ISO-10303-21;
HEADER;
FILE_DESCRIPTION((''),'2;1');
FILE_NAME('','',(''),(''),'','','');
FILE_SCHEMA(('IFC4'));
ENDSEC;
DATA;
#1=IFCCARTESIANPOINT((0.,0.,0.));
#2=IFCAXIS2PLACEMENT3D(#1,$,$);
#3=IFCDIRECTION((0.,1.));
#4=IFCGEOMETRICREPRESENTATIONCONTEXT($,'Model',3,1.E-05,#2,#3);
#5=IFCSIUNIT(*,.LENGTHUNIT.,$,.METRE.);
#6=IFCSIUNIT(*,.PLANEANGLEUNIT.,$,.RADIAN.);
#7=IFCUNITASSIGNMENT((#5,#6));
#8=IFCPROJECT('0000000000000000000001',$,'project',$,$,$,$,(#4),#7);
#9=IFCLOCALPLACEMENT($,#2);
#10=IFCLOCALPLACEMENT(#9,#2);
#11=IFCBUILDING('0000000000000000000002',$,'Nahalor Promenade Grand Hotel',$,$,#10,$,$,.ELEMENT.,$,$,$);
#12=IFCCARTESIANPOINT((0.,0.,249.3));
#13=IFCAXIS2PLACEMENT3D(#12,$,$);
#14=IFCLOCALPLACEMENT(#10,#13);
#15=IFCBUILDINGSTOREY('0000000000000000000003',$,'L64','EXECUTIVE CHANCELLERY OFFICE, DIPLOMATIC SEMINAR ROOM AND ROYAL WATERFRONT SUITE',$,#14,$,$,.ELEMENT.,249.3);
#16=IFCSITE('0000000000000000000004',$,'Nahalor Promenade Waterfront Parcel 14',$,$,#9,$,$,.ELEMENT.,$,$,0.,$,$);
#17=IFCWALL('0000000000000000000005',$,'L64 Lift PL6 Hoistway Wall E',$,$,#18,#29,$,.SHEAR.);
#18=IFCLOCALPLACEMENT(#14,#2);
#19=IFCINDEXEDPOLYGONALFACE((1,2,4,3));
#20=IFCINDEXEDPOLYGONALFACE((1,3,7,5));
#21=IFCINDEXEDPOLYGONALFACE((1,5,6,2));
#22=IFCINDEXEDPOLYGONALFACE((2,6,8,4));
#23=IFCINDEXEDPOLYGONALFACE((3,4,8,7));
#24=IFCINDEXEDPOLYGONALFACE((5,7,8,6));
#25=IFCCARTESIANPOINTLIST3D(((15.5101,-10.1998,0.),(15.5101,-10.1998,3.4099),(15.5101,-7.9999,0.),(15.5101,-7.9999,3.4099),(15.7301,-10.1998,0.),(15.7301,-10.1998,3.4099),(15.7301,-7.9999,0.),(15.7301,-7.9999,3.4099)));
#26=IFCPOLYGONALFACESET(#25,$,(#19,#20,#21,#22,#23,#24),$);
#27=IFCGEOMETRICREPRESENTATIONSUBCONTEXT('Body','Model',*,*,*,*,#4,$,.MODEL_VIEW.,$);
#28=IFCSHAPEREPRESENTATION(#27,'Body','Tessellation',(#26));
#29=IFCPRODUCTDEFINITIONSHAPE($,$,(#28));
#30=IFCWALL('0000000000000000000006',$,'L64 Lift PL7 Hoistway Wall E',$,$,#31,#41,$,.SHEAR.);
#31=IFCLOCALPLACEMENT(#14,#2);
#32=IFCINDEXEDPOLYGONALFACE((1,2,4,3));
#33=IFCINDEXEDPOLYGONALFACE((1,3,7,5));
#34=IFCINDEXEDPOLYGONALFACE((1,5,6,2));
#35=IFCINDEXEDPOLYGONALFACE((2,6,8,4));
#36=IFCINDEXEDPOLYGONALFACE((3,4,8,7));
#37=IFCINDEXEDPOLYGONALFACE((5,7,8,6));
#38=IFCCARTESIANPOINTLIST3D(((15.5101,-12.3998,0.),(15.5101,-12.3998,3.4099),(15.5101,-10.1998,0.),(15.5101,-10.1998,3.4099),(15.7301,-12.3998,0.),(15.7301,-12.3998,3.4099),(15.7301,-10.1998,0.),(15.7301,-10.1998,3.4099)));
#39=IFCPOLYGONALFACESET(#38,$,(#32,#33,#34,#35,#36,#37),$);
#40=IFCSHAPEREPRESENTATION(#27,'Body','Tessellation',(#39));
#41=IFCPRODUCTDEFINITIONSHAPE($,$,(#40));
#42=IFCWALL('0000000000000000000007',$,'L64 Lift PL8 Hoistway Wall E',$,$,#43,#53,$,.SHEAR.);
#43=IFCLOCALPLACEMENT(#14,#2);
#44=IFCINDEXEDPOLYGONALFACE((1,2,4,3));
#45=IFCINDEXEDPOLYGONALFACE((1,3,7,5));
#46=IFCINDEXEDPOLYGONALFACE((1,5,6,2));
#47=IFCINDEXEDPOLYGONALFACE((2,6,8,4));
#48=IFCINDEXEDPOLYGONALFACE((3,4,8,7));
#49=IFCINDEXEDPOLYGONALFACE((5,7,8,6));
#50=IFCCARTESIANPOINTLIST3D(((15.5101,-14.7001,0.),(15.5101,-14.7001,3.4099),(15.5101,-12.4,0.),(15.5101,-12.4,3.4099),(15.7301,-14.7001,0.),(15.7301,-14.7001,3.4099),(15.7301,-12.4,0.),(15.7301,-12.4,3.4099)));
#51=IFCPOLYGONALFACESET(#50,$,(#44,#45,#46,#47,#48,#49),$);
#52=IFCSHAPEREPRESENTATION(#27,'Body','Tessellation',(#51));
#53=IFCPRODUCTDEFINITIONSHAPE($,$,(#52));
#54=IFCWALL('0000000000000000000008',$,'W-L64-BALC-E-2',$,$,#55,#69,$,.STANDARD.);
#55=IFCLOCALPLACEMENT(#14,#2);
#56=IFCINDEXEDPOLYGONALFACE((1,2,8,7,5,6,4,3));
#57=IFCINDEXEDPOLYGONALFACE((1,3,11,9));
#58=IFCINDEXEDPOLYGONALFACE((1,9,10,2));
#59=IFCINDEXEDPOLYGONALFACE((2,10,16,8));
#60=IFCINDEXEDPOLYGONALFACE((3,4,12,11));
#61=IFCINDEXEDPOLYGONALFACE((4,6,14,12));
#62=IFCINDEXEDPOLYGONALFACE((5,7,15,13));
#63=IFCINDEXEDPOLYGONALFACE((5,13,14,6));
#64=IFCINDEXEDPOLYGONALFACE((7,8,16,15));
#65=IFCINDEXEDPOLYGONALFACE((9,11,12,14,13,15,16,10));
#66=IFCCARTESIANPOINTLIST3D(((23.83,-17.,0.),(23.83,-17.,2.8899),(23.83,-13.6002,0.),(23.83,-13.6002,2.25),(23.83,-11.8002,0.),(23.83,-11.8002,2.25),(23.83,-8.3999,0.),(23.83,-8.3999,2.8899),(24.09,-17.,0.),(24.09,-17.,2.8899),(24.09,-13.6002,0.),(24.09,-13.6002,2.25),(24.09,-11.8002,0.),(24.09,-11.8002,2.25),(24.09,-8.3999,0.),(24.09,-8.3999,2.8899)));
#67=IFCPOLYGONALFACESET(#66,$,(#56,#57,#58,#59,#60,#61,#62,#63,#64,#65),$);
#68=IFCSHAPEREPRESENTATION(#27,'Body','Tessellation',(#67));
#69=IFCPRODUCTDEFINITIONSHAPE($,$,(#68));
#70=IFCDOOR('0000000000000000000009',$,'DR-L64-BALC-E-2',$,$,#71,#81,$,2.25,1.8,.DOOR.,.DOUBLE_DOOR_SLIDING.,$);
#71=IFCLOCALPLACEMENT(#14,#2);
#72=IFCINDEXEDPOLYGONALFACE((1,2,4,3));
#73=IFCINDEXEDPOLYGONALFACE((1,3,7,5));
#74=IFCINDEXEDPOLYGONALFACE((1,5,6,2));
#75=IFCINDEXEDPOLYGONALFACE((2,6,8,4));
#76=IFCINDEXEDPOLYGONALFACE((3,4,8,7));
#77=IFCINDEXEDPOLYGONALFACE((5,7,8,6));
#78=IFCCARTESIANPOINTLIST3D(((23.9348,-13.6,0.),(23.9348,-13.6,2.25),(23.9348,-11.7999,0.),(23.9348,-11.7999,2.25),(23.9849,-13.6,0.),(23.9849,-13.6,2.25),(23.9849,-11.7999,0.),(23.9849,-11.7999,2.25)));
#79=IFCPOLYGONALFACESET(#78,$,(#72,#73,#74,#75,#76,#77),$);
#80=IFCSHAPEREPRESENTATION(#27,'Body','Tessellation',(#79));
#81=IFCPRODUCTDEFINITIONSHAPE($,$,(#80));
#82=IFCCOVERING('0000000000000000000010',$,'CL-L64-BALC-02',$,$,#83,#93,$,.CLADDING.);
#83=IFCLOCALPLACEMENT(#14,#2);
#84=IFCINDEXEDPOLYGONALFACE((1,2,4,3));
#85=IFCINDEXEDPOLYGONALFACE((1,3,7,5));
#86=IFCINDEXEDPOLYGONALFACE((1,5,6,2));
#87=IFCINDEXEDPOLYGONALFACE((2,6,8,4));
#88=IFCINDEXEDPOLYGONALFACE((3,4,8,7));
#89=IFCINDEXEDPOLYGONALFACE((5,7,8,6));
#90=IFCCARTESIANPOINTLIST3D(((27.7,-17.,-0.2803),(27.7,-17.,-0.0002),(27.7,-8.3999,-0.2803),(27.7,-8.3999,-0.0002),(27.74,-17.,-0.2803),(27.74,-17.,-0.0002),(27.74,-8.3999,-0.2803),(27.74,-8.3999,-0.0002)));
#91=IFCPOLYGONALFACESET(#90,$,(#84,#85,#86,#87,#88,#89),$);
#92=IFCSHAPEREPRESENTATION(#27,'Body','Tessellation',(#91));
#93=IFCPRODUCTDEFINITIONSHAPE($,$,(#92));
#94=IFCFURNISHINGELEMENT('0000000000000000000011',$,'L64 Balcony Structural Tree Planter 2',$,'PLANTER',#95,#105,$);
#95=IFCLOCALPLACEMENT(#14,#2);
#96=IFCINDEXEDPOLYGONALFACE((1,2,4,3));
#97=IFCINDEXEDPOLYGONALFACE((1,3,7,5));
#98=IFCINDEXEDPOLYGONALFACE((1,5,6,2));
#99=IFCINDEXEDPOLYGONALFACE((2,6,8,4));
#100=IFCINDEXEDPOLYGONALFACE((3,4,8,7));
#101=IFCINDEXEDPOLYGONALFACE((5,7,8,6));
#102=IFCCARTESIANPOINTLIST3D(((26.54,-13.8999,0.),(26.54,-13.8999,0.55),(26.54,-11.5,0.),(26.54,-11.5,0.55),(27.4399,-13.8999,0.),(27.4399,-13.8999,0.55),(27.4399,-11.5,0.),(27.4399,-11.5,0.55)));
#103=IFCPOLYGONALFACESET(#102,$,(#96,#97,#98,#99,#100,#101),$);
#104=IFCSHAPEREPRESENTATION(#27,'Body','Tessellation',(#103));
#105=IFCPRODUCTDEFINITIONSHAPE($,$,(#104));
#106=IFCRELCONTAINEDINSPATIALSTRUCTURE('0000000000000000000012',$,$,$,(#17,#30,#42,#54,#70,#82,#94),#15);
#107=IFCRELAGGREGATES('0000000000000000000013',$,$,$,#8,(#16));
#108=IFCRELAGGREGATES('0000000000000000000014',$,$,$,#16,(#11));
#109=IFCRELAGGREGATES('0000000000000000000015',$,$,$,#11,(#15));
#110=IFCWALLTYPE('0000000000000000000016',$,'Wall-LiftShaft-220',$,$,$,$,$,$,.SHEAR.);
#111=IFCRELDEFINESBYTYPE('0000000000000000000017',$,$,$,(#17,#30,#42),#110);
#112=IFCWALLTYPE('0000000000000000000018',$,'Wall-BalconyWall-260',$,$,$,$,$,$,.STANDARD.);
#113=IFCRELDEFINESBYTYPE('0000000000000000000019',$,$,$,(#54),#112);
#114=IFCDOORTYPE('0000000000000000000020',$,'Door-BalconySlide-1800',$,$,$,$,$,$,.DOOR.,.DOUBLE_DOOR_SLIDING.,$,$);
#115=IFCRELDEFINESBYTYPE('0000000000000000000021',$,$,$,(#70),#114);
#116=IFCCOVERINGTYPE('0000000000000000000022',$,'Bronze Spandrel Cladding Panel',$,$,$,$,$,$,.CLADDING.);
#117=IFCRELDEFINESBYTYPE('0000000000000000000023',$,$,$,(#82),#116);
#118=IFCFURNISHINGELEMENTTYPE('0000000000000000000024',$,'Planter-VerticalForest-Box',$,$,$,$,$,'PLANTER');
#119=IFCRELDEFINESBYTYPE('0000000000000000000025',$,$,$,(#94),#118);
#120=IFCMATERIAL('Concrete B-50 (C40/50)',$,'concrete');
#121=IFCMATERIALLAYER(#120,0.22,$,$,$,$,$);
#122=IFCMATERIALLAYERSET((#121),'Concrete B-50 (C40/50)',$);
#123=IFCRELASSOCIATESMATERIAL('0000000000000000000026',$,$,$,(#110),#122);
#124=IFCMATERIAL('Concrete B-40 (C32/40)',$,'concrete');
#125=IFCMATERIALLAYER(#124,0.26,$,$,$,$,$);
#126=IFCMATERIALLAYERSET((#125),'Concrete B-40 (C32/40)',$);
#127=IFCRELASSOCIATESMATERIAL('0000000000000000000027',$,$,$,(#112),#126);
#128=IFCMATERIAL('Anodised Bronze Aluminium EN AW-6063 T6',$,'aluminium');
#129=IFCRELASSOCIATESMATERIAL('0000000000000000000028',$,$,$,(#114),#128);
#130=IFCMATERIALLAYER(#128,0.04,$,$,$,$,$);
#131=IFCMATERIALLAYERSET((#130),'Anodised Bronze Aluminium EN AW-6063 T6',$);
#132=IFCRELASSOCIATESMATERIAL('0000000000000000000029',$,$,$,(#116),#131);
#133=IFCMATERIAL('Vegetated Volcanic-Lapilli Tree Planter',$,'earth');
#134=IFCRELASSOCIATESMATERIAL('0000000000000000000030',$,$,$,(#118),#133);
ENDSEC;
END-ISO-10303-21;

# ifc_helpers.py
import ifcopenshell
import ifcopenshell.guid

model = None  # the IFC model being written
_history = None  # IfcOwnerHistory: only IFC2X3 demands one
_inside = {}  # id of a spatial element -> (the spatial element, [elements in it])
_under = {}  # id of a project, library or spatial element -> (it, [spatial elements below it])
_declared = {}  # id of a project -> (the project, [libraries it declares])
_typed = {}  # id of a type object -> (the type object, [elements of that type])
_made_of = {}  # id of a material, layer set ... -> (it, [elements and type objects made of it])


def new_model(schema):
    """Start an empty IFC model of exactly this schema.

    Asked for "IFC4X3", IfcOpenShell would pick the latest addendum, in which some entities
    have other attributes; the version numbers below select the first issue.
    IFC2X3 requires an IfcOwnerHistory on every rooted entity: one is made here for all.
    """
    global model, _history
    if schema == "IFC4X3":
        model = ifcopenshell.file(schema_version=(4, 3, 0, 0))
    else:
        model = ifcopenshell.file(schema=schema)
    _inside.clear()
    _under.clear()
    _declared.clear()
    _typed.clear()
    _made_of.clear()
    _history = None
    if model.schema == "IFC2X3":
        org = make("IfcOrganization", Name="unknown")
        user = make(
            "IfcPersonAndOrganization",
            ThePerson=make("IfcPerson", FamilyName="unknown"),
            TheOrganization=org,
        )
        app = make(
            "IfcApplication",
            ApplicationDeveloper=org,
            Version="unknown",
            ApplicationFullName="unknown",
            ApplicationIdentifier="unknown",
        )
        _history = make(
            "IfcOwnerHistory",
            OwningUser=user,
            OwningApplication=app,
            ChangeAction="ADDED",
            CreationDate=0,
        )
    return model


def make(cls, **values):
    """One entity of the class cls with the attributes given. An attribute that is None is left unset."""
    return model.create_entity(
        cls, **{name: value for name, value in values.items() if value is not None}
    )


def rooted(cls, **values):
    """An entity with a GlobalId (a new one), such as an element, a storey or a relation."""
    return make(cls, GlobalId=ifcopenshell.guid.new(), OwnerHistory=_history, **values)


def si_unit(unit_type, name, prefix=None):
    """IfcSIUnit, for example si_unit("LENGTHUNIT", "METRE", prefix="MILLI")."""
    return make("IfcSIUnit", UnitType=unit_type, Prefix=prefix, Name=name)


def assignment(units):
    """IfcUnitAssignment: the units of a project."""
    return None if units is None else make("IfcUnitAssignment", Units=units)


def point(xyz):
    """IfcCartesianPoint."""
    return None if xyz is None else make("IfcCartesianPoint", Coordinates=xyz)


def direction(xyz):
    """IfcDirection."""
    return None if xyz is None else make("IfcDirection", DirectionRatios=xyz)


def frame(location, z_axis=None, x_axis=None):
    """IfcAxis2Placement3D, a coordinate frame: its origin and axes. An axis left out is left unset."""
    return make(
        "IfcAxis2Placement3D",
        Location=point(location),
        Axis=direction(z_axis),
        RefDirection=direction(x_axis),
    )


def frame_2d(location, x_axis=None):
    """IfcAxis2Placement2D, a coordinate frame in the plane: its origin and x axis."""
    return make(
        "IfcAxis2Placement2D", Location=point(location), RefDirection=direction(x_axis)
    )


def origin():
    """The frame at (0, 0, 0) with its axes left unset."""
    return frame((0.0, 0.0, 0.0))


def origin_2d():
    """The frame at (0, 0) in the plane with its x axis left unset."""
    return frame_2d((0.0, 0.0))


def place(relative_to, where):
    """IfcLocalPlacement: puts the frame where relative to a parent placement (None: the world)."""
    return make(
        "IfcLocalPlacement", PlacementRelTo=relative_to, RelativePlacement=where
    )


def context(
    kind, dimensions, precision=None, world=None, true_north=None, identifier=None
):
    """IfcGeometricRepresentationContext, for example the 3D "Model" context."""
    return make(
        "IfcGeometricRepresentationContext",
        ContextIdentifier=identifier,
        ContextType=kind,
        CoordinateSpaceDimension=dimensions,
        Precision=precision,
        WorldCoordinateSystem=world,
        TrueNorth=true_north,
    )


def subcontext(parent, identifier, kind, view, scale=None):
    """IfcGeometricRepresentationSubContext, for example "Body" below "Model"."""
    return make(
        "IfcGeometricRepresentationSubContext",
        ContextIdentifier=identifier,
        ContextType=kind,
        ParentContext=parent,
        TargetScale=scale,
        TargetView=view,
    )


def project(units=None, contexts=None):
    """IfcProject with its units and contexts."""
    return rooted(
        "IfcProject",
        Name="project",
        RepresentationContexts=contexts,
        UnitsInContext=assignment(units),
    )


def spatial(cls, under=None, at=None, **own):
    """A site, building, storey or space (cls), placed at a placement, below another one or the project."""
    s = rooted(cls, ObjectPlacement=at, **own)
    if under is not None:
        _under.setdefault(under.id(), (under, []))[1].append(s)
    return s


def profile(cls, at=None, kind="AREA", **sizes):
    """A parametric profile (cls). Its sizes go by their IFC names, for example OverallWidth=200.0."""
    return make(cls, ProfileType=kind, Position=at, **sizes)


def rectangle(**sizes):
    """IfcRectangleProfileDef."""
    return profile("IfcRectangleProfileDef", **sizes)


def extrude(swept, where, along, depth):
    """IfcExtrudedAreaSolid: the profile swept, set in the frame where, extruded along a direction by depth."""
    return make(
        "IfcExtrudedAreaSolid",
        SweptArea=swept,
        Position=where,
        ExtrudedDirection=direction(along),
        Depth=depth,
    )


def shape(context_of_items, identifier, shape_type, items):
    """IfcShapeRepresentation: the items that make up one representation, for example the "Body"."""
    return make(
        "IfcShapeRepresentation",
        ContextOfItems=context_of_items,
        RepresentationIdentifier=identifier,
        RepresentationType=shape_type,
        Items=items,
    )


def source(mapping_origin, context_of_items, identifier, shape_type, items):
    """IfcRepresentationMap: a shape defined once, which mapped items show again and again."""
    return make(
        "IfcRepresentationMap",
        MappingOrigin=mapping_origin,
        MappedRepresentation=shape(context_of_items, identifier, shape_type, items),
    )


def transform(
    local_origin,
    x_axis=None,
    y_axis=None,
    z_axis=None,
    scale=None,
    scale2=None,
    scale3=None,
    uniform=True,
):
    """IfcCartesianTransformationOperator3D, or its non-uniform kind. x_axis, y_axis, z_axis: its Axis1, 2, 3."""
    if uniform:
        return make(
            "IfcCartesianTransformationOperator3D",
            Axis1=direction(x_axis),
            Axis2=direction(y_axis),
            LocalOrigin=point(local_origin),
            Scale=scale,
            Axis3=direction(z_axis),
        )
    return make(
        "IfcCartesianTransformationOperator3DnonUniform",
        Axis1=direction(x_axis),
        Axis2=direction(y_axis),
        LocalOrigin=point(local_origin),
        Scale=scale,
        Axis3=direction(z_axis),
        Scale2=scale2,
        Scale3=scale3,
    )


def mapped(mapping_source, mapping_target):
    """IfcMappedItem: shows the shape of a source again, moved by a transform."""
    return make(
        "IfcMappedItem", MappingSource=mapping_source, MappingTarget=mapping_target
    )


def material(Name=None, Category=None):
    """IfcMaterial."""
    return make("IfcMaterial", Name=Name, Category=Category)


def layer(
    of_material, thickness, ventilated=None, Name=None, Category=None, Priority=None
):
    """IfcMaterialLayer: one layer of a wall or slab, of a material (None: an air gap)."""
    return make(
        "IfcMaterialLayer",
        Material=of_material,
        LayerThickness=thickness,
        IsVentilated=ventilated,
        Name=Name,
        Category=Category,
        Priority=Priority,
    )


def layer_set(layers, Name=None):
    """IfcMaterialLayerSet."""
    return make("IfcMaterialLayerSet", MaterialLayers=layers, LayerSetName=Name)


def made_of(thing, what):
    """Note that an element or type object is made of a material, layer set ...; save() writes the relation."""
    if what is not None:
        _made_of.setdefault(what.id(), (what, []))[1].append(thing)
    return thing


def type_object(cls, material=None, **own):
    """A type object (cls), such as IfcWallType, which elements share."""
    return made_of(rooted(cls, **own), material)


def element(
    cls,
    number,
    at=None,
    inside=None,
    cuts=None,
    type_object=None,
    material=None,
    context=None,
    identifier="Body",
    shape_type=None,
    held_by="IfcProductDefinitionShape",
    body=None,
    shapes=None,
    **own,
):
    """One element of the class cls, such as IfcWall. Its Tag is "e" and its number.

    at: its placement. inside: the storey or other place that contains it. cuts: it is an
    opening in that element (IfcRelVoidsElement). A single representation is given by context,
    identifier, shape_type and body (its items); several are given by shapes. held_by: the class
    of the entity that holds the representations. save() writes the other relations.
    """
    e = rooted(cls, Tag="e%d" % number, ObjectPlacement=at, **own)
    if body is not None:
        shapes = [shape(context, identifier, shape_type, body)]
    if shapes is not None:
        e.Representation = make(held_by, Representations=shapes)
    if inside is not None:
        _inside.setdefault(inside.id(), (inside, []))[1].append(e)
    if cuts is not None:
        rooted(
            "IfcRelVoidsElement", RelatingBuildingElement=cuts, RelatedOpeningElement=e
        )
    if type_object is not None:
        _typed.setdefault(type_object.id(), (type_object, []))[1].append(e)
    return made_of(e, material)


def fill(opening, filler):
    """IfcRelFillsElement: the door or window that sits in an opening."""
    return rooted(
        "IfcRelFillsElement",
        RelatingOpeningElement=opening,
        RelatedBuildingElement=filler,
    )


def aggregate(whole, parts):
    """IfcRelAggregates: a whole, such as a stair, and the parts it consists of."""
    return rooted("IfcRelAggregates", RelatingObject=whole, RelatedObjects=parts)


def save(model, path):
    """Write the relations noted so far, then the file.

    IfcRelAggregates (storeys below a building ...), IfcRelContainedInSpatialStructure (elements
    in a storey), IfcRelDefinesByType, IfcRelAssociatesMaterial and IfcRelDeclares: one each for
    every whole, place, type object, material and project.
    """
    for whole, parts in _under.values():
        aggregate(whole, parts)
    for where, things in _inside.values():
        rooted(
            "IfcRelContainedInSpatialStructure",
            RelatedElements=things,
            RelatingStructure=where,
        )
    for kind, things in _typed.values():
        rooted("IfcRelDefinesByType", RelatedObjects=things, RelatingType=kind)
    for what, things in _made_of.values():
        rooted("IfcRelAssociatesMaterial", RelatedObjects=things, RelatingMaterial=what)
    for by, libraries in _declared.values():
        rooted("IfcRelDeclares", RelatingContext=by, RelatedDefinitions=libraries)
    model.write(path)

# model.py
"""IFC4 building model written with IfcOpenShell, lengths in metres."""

from ifc_helpers import new_model, si_unit, direction, frame, frame_2d, origin, origin_2d, place, context, subcontext, project, spatial, rectangle, extrude, source, transform, mapped, material, layer, layer_set, type_object, element, fill, save


model = new_model("IFC4")

# Units and contexts
model_context = context("Model", 3, precision=1e-05, world=origin(), true_north=direction((0.0, 1.0)))
body_context = subcontext(model_context, "Body", "Model", "MODEL_VIEW")
ifc_project = project(units=[si_unit("LENGTHUNIT", "METRE"), si_unit("PLANEANGLEUNIT", "RADIAN")], contexts=[model_context])

# Site, building, storey
site_placement = place(None, origin())
site = spatial("IfcSite", under=ifc_project, at=site_placement, Name="Nahalor Promenade Waterfront Parcel 14", CompositionType="ELEMENT", RefElevation=0.0)
building_placement = place(site_placement, origin())
building = spatial("IfcBuilding", under=site, at=building_placement, Name="Nahalor Promenade Grand Hotel", CompositionType="ELEMENT")
storey_placement = place(building_placement, frame((0.0, 0.0, 249.3)))
storey = spatial("IfcBuildingStorey", under=building, at=storey_placement, Name="L64", Description="EXECUTIVE CHANCELLERY OFFICE, DIPLOMATIC SEMINAR ROOM AND ROYAL WATERFRONT SUITE", CompositionType="ELEMENT", Elevation=249.3)

# Shared definitions
ifc_material_1 = material(Name="Anodised Bronze Aluminium EN AW-6063 T6", Category="aluminium")

# Walls
ifc_material_2 = material(Name="Concrete B-50 (C40/50)", Category="concrete")
ifc_layer_1 = layer(ifc_material_2, 0.22)
ifc_layer_set_1 = layer_set([ifc_layer_1], Name="Concrete B-50 (C40/50)")
wall_type_1 = type_object("IfcWallType", Name="Wall-LiftShaft-220", PredefinedType="SHEAR", material=ifc_layer_set_1)
shared_shape_1 = source(origin(), body_context, "Body", "SweptSolid", [
    extrude(rectangle(XDim=2.2, YDim=0.22, at=frame_2d((1.1001, 0.0))), origin(), (0.0, 0.0, 1.0), 3.4099),
])
for number, where, z_axis, x_axis, name in (
    (1, (15.6201, -10.2, 0.0), (0.0, 0.0, 1.0), (0.0, 1.0, 0.0), "L64 Lift PL6 Hoistway Wall E"),
    (2, (15.6201, -12.3999, 0.0), (0.0, 0.0, 1.0), (0.0, 1.0, 0.0), "L64 Lift PL7 Hoistway Wall E"),
):
    element("IfcWall", number, at=place(storey_placement, frame(where, z_axis=z_axis, x_axis=x_axis)), inside=storey, type_object=wall_type_1, Name=name, PredefinedType="SHEAR", context=body_context, shape_type="MappedRepresentation", body=[
        mapped(shared_shape_1, transform((0.0, 0.0, 0.0), scale=1.0)),
    ])
shared_shape_2 = source(origin(), body_context, "Body", "SweptSolid", [
    extrude(rectangle(XDim=2.3, YDim=0.22, at=frame_2d((1.1499, 0.0))), origin(), (0.0, 0.0, 1.0), 3.4099),
])
wall_1_placement = place(storey_placement, frame((15.6201, -14.7, 0.0), z_axis=(0.0, 0.0, 1.0), x_axis=(0.0, 1.0, 0.0)))
element("IfcWall", 3, at=wall_1_placement, inside=storey, type_object=wall_type_1, Name="L64 Lift PL8 Hoistway Wall E", PredefinedType="SHEAR", context=body_context, shape_type="MappedRepresentation", body=[
    mapped(shared_shape_2, transform((0.0, 0.0, 0.0), scale=1.0)),
])

# Wall, opening, door
ifc_material_3 = material(Name="Concrete B-40 (C32/40)", Category="concrete")
ifc_layer_2 = layer(ifc_material_3, 0.26)
ifc_layer_set_2 = layer_set([ifc_layer_2], Name="Concrete B-40 (C32/40)")
wall_type_2 = type_object("IfcWallType", Name="Wall-BalconyWall-260", PredefinedType="STANDARD", material=ifc_layer_set_2)
shared_shape_3 = source(origin(), body_context, "Body", "SweptSolid", [
    extrude(rectangle(XDim=8.6001, YDim=0.26, at=frame_2d((4.3, 0.0))), origin(), (0.0, 0.0, 1.0), 2.8899),
])
wall_2_placement = place(storey_placement, frame((23.96, -17.0, 0.0), z_axis=(0.0, 0.0, 1.0), x_axis=(0.0, 1.0, 0.0)))
wall_2 = element("IfcWall", 4, at=wall_2_placement, inside=storey, type_object=wall_type_2, Name="W-L64-BALC-E-2", PredefinedType="STANDARD", context=body_context, shape_type="MappedRepresentation", body=[
    mapped(shared_shape_3, transform((0.0, 0.0, 0.0), scale=1.0)),
])
opening_placement = place(wall_2_placement, frame((3.3999, 0.0, 0.0)))
opening = element("IfcOpeningElement", 5, at=opening_placement, cuts=wall_2, PredefinedType="OPENING", context=body_context, shape_type="SweptSolid", body=[
    extrude(rectangle(XDim=1.8, YDim=2.25, at=frame_2d((0.8999, 1.125))), frame((0.0, 0.1399, 0.0), z_axis=(0.0, -1.0, 0.0), x_axis=(1.0, 0.0, 0.0)), (0.0, 0.0, 1.0), 0.28),
])
door_type = type_object("IfcDoorType", Name="Door-BalconySlide-1800", OperationType="DOUBLE_DOOR_SLIDING", PredefinedType="DOOR", material=ifc_material_1)
shared_shape_4 = source(origin(), body_context, "Body", "SweptSolid", [
    extrude(rectangle(XDim=1.8, YDim=2.25, at=frame_2d((0.8999, 1.125))), frame((0.0, 0.0249, 0.0), z_axis=(0.0, -1.0, 0.0), x_axis=(1.0, 0.0, 0.0)), (0.0, 0.0, 1.0), 0.05),
])
door_placement = place(opening_placement, frame((1.8, 0.0, 0.0), z_axis=(0.0, 0.0, 1.0), x_axis=(-1.0, 0.0, 0.0)))
door = element("IfcDoor", 6, at=door_placement, inside=storey, type_object=door_type, Name="DR-L64-BALC-E-2", OperationType="DOUBLE_DOOR_SLIDING", OverallHeight=2.25, OverallWidth=1.8, PredefinedType="DOOR", context=body_context, shape_type="MappedRepresentation", body=[
    mapped(shared_shape_4, transform((0.0, 0.0, 0.0), scale=1.0)),
])
fill(opening, door)

# Covering
ifc_layer_3 = layer(ifc_material_1, 0.04)
ifc_layer_set_3 = layer_set([ifc_layer_3], Name="Anodised Bronze Aluminium EN AW-6063 T6")
covering_type = type_object("IfcCoveringType", Name="Bronze Spandrel Cladding Panel", PredefinedType="CLADDING", material=ifc_layer_set_3)
shared_shape_5 = source(origin(), body_context, "Body", "SweptSolid", [
    extrude(rectangle(XDim=8.6001, YDim=0.04, at=origin_2d()), origin(), (0.0, 0.0, 1.0), 0.28),
])
covering_placement = place(storey_placement, frame((27.72, -12.7, -0.2803), z_axis=(0.0, 0.0, 1.0), x_axis=(0.0, 1.0, 0.0)))
element("IfcCovering", 7, at=covering_placement, inside=storey, type_object=covering_type, Name="CL-L64-BALC-02", PredefinedType="CLADDING", context=body_context, shape_type="MappedRepresentation", body=[
    mapped(shared_shape_5, transform((0.0, 0.0, 0.0), scale=1.0)),
])

# Furnishing element
ifc_material_4 = material(Name="Vegetated Volcanic-Lapilli Tree Planter", Category="earth")
furnishing_element_type = type_object("IfcFurnishingElementType", Name="Planter-VerticalForest-Box", ElementType="PLANTER", material=ifc_material_4)
shared_shape_6 = source(origin(), body_context, "Body", "SweptSolid", [
    extrude(rectangle(XDim=2.3999, YDim=0.8999, at=origin_2d()), origin(), (0.0, 0.0, 1.0), 0.55),
])
furnishing_placement = place(storey_placement, frame((26.99, -12.7, 0.0), z_axis=(0.0, 0.0, 1.0), x_axis=(0.0, 1.0, 0.0)))
element("IfcFurnishingElement", 8, at=furnishing_placement, inside=storey, type_object=furnishing_element_type, Name="L64 Balcony Structural Tree Planter 2", ObjectType="PLANTER", context=body_context, shape_type="MappedRepresentation", body=[
    mapped(shared_shape_6, transform((0.0, 0.0, 0.0), scale=1.0)),
])

save(model, "model.ifc")
